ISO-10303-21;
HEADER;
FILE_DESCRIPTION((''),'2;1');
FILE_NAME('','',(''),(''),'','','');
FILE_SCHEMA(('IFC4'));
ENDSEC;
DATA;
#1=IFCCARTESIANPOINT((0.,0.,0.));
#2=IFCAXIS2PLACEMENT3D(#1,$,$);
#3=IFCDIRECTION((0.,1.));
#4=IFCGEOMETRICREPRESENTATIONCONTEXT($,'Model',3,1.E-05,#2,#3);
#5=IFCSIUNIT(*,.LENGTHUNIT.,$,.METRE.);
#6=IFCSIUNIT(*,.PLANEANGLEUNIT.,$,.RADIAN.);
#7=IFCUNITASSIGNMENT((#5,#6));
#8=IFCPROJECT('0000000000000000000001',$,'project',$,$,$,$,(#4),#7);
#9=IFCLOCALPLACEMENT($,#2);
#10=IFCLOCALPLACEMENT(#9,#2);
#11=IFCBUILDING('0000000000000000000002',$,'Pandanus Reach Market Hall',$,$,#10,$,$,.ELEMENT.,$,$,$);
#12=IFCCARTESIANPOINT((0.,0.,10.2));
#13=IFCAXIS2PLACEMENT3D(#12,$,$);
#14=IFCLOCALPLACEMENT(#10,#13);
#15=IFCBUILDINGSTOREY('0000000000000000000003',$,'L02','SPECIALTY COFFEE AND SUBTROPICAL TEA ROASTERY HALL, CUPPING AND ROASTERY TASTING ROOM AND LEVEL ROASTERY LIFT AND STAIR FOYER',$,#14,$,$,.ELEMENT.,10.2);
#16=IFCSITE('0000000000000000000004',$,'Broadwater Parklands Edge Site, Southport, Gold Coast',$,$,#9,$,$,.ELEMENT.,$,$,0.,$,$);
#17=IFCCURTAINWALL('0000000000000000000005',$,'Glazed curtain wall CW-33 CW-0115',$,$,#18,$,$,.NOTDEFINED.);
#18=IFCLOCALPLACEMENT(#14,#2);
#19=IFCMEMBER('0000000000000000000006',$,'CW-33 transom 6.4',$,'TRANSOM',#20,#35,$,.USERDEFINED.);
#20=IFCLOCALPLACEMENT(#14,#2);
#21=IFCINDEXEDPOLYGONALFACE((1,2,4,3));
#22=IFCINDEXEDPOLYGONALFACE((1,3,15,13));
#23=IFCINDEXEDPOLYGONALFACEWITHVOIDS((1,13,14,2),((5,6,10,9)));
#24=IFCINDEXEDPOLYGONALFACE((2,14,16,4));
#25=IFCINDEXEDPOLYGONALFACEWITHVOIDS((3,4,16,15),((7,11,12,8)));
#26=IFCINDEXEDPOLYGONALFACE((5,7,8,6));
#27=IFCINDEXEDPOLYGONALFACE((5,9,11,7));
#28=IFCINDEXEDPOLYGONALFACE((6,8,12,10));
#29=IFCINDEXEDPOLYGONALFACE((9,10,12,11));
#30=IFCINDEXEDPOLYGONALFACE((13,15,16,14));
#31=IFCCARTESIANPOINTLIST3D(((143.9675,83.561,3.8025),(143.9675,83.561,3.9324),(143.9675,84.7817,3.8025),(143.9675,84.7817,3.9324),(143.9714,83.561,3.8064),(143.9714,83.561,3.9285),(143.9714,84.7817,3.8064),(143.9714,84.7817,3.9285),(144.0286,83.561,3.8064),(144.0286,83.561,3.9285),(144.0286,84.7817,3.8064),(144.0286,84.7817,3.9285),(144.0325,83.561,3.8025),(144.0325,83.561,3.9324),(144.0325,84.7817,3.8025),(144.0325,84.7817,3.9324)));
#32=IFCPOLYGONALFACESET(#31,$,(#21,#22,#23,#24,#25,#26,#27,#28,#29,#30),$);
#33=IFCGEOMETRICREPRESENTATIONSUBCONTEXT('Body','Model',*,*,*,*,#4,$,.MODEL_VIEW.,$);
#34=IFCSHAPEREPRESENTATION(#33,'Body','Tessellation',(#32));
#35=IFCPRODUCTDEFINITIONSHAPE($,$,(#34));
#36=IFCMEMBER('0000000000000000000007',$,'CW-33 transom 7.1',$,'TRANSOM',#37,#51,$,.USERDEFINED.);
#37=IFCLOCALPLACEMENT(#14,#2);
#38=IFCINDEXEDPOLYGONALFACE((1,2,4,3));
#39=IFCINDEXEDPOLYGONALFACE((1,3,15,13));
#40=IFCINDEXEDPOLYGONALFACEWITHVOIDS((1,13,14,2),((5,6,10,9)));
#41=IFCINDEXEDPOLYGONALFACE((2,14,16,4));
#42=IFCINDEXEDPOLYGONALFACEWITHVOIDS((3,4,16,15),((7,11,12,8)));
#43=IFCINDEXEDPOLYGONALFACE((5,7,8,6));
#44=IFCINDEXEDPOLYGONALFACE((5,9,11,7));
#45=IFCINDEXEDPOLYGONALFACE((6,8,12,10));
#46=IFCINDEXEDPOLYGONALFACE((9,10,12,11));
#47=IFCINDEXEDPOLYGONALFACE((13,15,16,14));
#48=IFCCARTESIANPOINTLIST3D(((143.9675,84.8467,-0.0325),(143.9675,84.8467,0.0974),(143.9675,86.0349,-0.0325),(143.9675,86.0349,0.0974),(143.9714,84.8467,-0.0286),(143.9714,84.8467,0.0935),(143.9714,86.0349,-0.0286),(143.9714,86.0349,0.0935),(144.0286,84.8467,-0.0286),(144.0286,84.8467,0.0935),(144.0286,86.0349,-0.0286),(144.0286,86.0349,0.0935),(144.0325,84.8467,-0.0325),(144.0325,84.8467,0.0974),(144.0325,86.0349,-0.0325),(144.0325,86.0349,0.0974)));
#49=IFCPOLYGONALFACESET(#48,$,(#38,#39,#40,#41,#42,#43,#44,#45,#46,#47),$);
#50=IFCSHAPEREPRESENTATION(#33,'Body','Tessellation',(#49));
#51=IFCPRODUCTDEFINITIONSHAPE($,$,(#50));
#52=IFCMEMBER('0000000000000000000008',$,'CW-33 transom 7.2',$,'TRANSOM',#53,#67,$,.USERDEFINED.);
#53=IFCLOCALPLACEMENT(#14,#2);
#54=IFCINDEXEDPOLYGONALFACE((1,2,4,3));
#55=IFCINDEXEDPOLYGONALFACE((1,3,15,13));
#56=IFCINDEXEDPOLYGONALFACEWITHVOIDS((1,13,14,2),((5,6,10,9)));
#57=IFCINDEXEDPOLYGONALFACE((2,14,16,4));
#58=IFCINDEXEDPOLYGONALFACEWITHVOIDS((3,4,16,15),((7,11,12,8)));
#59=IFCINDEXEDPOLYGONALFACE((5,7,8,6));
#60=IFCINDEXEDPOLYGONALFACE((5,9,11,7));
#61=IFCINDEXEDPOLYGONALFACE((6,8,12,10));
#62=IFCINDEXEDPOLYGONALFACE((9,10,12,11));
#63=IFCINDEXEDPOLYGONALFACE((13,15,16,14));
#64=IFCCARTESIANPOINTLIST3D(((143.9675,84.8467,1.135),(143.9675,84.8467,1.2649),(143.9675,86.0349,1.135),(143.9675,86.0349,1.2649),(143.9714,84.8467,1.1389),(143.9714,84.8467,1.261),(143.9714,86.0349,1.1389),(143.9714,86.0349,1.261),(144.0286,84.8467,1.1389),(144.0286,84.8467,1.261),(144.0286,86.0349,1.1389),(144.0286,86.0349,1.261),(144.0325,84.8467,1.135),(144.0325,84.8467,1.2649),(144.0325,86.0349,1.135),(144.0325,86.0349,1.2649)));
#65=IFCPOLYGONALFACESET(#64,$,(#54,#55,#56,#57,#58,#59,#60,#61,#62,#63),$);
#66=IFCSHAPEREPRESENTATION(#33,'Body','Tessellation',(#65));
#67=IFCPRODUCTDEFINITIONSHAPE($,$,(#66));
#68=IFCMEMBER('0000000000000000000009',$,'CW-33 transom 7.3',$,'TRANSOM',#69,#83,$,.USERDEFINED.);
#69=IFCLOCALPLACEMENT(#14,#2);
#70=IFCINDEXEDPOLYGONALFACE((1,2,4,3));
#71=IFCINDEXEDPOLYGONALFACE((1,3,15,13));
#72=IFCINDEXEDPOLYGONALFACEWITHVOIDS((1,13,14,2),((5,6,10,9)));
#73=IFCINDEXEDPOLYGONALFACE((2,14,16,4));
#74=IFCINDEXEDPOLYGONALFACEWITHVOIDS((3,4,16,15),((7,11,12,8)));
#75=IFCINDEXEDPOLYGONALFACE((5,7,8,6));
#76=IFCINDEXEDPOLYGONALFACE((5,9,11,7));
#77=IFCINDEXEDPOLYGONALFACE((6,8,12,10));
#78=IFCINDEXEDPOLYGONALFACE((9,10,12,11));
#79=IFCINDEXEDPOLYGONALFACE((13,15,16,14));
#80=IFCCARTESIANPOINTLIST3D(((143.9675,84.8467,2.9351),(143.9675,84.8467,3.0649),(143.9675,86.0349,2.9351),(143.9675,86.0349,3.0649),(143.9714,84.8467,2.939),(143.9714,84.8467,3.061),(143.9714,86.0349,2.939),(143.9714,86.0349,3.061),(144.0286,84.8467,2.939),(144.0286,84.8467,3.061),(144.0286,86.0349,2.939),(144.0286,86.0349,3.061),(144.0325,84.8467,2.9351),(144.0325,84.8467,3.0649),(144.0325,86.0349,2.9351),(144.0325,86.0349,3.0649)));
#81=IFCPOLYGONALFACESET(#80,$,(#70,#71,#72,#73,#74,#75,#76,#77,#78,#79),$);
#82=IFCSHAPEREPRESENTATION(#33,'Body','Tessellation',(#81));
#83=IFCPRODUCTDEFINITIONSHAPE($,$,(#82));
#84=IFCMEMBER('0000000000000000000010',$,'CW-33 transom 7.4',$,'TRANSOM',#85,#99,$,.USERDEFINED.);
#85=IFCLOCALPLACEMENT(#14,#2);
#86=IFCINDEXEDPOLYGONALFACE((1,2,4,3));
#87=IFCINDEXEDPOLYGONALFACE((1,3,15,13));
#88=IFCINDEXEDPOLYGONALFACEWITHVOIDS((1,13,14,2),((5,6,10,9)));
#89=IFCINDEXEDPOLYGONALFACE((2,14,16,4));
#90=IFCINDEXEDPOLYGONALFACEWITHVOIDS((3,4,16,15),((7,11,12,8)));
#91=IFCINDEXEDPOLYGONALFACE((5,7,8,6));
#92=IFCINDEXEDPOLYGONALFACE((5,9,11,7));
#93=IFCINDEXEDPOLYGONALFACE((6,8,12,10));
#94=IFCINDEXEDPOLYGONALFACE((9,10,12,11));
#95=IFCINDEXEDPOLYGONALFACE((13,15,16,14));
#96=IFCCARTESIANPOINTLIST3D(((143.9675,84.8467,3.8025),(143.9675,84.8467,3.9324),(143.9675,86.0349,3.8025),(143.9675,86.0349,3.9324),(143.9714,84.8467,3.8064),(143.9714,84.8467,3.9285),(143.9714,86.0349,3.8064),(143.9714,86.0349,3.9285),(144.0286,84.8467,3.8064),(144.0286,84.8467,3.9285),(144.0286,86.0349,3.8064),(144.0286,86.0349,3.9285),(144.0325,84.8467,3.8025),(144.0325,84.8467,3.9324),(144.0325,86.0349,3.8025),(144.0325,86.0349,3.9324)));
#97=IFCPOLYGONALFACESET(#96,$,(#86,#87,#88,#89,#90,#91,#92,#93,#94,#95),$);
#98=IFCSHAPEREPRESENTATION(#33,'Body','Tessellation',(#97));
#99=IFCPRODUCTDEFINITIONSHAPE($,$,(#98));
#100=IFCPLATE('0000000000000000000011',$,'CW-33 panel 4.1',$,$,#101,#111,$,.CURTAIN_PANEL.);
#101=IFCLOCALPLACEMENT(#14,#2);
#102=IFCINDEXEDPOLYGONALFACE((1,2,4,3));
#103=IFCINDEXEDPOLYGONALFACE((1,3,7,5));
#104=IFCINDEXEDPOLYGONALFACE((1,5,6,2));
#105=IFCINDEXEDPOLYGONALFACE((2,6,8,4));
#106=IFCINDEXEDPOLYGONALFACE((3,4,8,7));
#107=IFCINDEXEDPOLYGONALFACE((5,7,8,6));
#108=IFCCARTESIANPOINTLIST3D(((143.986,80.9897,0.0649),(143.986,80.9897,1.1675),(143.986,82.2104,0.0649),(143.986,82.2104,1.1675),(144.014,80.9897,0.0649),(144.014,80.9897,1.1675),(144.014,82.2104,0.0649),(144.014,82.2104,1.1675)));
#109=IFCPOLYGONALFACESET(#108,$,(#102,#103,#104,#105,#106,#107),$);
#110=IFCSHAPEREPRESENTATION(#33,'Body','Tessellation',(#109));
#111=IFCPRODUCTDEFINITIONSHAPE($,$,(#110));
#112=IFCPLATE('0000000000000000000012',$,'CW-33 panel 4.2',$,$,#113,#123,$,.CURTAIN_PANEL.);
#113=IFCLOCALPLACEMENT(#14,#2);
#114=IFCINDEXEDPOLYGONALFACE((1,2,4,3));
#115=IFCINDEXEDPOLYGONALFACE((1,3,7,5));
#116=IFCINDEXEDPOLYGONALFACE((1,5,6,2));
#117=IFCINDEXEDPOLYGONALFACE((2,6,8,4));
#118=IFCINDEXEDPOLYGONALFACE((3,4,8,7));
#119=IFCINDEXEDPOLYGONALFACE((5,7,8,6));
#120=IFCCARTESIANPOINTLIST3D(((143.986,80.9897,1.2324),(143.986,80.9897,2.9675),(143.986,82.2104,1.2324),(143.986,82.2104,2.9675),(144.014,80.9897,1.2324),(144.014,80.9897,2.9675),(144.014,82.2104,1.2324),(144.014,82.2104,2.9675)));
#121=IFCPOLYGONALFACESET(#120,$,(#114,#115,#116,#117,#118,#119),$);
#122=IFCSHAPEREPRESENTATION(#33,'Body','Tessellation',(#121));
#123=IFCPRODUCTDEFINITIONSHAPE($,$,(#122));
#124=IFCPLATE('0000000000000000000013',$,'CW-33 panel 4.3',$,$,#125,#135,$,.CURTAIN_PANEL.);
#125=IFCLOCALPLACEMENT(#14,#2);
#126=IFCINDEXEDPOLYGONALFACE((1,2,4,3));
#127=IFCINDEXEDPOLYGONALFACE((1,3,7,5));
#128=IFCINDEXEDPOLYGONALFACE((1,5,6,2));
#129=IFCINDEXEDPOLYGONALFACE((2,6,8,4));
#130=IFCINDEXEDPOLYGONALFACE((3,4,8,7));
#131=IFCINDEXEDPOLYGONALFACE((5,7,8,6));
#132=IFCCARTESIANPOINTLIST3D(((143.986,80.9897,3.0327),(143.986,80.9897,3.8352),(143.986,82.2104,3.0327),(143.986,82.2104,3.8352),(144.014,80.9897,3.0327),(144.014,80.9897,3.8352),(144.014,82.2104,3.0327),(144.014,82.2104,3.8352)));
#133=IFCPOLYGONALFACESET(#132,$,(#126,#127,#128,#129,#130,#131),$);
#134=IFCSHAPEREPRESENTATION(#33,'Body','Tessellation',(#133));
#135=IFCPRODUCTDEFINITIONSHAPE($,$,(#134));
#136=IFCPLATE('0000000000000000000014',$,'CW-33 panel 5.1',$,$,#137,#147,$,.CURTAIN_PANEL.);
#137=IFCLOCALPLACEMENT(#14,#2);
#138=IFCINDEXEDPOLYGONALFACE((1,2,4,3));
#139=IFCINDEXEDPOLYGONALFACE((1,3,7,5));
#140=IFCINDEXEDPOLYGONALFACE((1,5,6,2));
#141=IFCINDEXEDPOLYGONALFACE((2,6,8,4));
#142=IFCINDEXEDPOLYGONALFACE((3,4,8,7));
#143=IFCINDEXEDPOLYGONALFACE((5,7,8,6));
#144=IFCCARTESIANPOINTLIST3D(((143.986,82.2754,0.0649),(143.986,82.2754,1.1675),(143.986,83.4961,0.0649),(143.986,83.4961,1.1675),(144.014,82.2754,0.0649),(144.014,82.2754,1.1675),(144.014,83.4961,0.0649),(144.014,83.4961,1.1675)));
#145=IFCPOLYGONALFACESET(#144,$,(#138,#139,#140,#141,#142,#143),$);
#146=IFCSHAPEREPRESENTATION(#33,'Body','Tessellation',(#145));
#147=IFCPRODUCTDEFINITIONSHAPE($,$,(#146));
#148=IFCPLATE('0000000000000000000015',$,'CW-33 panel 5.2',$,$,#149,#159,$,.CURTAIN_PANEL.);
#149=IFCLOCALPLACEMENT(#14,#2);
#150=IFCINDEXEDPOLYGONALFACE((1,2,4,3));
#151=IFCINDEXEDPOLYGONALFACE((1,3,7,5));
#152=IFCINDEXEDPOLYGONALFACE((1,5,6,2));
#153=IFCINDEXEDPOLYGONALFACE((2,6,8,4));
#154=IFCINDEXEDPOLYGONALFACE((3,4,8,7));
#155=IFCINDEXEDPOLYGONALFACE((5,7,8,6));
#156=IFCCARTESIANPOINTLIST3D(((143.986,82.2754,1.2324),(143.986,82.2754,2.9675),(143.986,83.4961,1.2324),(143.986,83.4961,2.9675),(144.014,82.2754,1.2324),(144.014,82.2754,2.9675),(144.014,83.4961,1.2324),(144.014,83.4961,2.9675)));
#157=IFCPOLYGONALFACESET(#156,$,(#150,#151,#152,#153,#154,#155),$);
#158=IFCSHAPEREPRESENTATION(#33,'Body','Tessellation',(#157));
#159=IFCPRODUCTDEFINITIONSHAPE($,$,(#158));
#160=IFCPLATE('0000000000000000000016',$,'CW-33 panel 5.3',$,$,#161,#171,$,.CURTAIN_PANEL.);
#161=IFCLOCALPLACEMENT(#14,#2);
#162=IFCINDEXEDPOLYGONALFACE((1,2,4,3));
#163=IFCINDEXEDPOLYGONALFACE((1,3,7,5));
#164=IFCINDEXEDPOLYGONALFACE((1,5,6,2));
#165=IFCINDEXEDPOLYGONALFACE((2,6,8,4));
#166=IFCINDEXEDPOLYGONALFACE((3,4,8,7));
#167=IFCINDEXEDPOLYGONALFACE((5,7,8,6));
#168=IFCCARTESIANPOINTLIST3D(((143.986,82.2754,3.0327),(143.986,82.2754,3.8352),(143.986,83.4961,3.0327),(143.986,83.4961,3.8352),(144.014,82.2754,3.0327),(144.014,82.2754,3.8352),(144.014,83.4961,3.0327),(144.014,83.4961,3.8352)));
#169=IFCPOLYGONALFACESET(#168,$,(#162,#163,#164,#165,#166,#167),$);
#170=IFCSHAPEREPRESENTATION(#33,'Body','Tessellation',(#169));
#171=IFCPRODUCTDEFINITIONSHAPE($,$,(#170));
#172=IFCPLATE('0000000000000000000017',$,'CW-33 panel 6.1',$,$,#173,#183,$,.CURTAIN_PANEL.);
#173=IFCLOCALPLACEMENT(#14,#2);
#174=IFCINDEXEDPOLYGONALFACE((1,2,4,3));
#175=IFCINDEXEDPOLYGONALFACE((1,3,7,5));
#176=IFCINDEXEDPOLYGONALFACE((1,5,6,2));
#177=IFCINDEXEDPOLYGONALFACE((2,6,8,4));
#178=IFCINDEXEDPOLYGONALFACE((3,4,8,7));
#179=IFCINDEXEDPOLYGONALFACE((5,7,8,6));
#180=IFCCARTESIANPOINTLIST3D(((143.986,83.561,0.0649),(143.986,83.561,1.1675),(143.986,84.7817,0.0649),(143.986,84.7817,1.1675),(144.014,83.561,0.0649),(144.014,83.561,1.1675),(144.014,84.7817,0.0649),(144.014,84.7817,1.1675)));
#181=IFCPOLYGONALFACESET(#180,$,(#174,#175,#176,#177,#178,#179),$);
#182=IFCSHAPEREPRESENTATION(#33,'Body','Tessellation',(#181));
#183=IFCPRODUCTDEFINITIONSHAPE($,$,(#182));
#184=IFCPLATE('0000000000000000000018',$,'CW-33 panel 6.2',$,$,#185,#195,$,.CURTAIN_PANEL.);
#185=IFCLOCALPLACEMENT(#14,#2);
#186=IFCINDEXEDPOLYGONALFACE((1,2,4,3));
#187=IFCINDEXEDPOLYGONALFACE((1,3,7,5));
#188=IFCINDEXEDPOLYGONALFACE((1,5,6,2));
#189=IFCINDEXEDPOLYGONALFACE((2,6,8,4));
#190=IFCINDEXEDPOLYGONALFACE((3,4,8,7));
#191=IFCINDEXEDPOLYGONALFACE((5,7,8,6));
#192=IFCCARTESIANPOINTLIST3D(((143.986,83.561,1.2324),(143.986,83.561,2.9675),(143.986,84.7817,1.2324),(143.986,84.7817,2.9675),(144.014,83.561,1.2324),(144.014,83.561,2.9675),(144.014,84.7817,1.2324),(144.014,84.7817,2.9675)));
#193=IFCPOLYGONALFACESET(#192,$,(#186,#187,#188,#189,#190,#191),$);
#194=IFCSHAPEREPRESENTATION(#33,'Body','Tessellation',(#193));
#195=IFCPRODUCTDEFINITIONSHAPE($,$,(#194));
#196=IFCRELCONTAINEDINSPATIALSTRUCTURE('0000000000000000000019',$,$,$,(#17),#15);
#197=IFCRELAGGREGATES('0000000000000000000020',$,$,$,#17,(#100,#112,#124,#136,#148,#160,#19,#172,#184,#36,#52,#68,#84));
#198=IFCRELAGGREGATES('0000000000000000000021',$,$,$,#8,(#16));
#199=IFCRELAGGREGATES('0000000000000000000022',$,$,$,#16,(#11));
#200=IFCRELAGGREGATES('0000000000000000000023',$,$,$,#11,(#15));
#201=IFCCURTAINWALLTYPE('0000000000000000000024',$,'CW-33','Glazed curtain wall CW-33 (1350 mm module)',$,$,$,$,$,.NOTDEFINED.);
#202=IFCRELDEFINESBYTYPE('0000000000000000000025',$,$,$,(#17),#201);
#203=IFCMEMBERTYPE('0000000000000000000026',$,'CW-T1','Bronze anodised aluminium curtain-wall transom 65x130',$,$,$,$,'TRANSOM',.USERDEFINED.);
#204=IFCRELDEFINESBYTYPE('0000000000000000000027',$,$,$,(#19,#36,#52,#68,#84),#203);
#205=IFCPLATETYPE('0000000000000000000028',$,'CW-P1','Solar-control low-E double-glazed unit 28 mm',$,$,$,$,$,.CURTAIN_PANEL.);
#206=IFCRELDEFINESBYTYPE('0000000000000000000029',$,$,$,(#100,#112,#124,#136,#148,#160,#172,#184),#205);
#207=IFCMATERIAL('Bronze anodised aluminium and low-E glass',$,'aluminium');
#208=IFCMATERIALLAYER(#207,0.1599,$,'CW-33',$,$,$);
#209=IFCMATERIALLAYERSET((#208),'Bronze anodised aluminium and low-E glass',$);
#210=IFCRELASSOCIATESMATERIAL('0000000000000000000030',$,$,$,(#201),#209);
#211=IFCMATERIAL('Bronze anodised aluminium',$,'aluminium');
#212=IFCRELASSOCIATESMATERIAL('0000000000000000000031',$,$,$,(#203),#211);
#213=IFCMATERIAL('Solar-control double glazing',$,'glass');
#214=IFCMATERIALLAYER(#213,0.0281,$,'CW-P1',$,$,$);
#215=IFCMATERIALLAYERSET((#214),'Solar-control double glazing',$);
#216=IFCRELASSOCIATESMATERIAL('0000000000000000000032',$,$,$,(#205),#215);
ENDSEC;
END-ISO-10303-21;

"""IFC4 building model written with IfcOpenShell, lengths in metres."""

from ifc_helpers import new_model, si_unit, direction, frame, origin, origin_2d, place, context, subcontext, project, spatial, rectangle, hollow_rectangle, extrude, material, layer, layer_set, material_profile, profile_set, type_object, element, aggregate, save


model = new_model("IFC4")

# Units and contexts
model_context = context("Model", 3, precision=1e-05, world=origin(), true_north=direction((0.0, 1.0)))
body_context = subcontext(model_context, "Body", "Model", "MODEL_VIEW")
ifc_project = project(units=[si_unit("LENGTHUNIT", "METRE"), si_unit("PLANEANGLEUNIT", "RADIAN")], contexts=[model_context])

# Site, building, storey
site_placement = place(None, origin())
site = spatial("IfcSite", under=ifc_project, at=site_placement, Name="Broadwater Parklands Edge Site, Southport, Gold Coast", CompositionType="ELEMENT", RefElevation=0.0)
building_placement = place(site_placement, origin())
building = spatial("IfcBuilding", under=site, at=building_placement, Name="Pandanus Reach Market Hall", CompositionType="ELEMENT")
storey_placement = place(building_placement, frame((0.0, 0.0, 10.2)))
storey = spatial("IfcBuildingStorey", under=building, at=storey_placement, Name="L02", Description="SPECIALTY COFFEE AND SUBTROPICAL TEA ROASTERY HALL, CUPPING AND ROASTERY TASTING ROOM AND LEVEL ROASTERY LIFT AND STAIR FOYER", CompositionType="ELEMENT", Elevation=10.2)

# Curtain wall, members, plates
ifc_material_1 = material(Name="Bronze anodised aluminium and low-E glass", Category="aluminium")
ifc_layer_1 = layer(ifc_material_1, 0.1599, Name="CW-33")
ifc_layer_set_1 = layer_set([ifc_layer_1], Name="Bronze anodised aluminium and low-E glass")
curtain_wall_type = type_object("IfcCurtainWallType", Name="CW-33", Description="Glazed curtain wall CW-33 (1350 mm module)", PredefinedType="NOTDEFINED", material=ifc_layer_set_1)
curtain_wall_placement = place(storey_placement, origin())
curtain_wall = element("IfcCurtainWall", 1, at=curtain_wall_placement, inside=storey, type_object=curtain_wall_type, Name="Glazed curtain wall CW-33 CW-0115", PredefinedType="NOTDEFINED")
ifc_material_2 = material(Name="Bronze anodised aluminium", Category="aluminium")
ifc_material_profile_1 = material_profile(ifc_material_2, hollow_rectangle(XDim=0.0649, YDim=0.1299, WallThickness=0.0039, at=origin_2d()), Name="ALU65x130", Category="LoadBearing")
ifc_profile_set_1 = profile_set([ifc_material_profile_1], Name="Bronze anodised aluminium")
member_type_1 = type_object("IfcMemberType", Name="CW-T1", Description="Bronze anodised aluminium curtain-wall transom 65x130", ElementType="TRANSOM", PredefinedType="USERDEFINED", material=ifc_profile_set_1)
member_1_placement = place(storey_placement, frame((144.0, 83.561, 3.8674), z_axis=(0.0, 1.0, 0.0), x_axis=(-1.0, 0.0, 0.0)))
member_1 = element("IfcMember", 2, at=member_1_placement, type_object=member_type_1, Name="CW-33 transom 6.4", ObjectType="TRANSOM", PredefinedType="USERDEFINED", context=body_context, shape_type="SweptSolid", body=[
    extrude(hollow_rectangle(XDim=0.0649, YDim=0.1299, WallThickness=0.0039, at=origin_2d()), origin(), (0.0, 0.0, 1.0), 1.2207),
])
member_2_placement = place(storey_placement, frame((144.0, 84.8467, 0.0325), z_axis=(0.0, 1.0, 0.0), x_axis=(-1.0, 0.0, 0.0)))
member_2 = element("IfcMember", 3, at=member_2_placement, type_object=member_type_1, Name="CW-33 transom 7.1", ObjectType="TRANSOM", PredefinedType="USERDEFINED", context=body_context, shape_type="SweptSolid", body=[
    extrude(hollow_rectangle(XDim=0.0649, YDim=0.1299, WallThickness=0.0039, at=origin_2d()), origin(), (0.0, 0.0, 1.0), 1.1882),
])
member_3_placement = place(storey_placement, frame((144.0, 84.8467, 1.2), z_axis=(0.0, 1.0, 0.0), x_axis=(-1.0, 0.0, 0.0)))
member_3 = element("IfcMember", 4, at=member_3_placement, type_object=member_type_1, Name="CW-33 transom 7.2", ObjectType="TRANSOM", PredefinedType="USERDEFINED", context=body_context, shape_type="SweptSolid", body=[
    extrude(hollow_rectangle(XDim=0.0649, YDim=0.1299, WallThickness=0.0039, at=origin_2d()), origin(), (0.0, 0.0, 1.0), 1.1882),
])
member_4_placement = place(storey_placement, frame((144.0, 84.8467, 3.0), z_axis=(0.0, 1.0, 0.0), x_axis=(-1.0, 0.0, 0.0)))
member_4 = element("IfcMember", 5, at=member_4_placement, type_object=member_type_1, Name="CW-33 transom 7.3", ObjectType="TRANSOM", PredefinedType="USERDEFINED", context=body_context, shape_type="SweptSolid", body=[
    extrude(hollow_rectangle(XDim=0.0649, YDim=0.1299, WallThickness=0.0039, at=origin_2d()), origin(), (0.0, 0.0, 1.0), 1.1882),
])
member_5_placement = place(storey_placement, frame((144.0, 84.8467, 3.8674), z_axis=(0.0, 1.0, 0.0), x_axis=(-1.0, 0.0, 0.0)))
member_5 = element("IfcMember", 6, at=member_5_placement, type_object=member_type_1, Name="CW-33 transom 7.4", ObjectType="TRANSOM", PredefinedType="USERDEFINED", context=body_context, shape_type="SweptSolid", body=[
    extrude(hollow_rectangle(XDim=0.0649, YDim=0.1299, WallThickness=0.0039, at=origin_2d()), origin(), (0.0, 0.0, 1.0), 1.1882),
])
ifc_material_3 = material(Name="Solar-control double glazing", Category="glass")
ifc_layer_2 = layer(ifc_material_3, 0.0281, Name="CW-P1")
ifc_layer_set_2 = layer_set([ifc_layer_2], Name="Solar-control double glazing")
plate_type = type_object("IfcPlateType", Name="CW-P1", Description="Solar-control low-E double-glazed unit 28 mm", PredefinedType="CURTAIN_PANEL", material=ifc_layer_set_2)
plate_1_placement = place(storey_placement, frame((144.0, 81.6001, 0.0649), z_axis=(0.0, 0.0, 1.0), x_axis=(0.0, 1.0, 0.0)))
plate_1 = element("IfcPlate", 7, at=plate_1_placement, type_object=plate_type, Name="CW-33 panel 4.1", PredefinedType="CURTAIN_PANEL", context=body_context, shape_type="SweptSolid", body=[
    extrude(rectangle(XDim=1.2207, YDim=0.0281, at=origin_2d()), origin(), (0.0, 0.0, 1.0), 1.1025),
])
plate_2_placement = place(storey_placement, frame((144.0, 81.6001, 1.2324), z_axis=(0.0, 0.0, 1.0), x_axis=(0.0, 1.0, 0.0)))
plate_2 = element("IfcPlate", 8, at=plate_2_placement, type_object=plate_type, Name="CW-33 panel 4.2", PredefinedType="CURTAIN_PANEL", context=body_context, shape_type="SweptSolid", body=[
    extrude(rectangle(XDim=1.2207, YDim=0.0281, at=origin_2d()), origin(), (0.0, 0.0, 1.0), 1.7351),
])
plate_3_placement = place(storey_placement, frame((144.0, 81.6001, 3.0327), z_axis=(0.0, 0.0, 1.0), x_axis=(0.0, 1.0, 0.0)))
plate_3 = element("IfcPlate", 9, at=plate_3_placement, type_object=plate_type, Name="CW-33 panel 4.3", PredefinedType="CURTAIN_PANEL", context=body_context, shape_type="SweptSolid", body=[
    extrude(rectangle(XDim=1.2207, YDim=0.0281, at=origin_2d()), origin(), (0.0, 0.0, 1.0), 0.8025),
])
plate_4_placement = place(storey_placement, frame((144.0, 82.8857, 0.0649), z_axis=(0.0, 0.0, 1.0), x_axis=(0.0, 1.0, 0.0)))
plate_4 = element("IfcPlate", 10, at=plate_4_placement, type_object=plate_type, Name="CW-33 panel 5.1", PredefinedType="CURTAIN_PANEL", context=body_context, shape_type="SweptSolid", body=[
    extrude(rectangle(XDim=1.2207, YDim=0.0281, at=origin_2d()), origin(), (0.0, 0.0, 1.0), 1.1025),
])
plate_5_placement = place(storey_placement, frame((144.0, 82.8857, 1.2324), z_axis=(0.0, 0.0, 1.0), x_axis=(0.0, 1.0, 0.0)))
plate_5 = element("IfcPlate", 11, at=plate_5_placement, type_object=plate_type, Name="CW-33 panel 5.2", PredefinedType="CURTAIN_PANEL", context=body_context, shape_type="SweptSolid", body=[
    extrude(rectangle(XDim=1.2207, YDim=0.0281, at=origin_2d()), origin(), (0.0, 0.0, 1.0), 1.7351),
])
plate_6_placement = place(storey_placement, frame((144.0, 82.8857, 3.0327), z_axis=(0.0, 0.0, 1.0), x_axis=(0.0, 1.0, 0.0)))
plate_6 = element("IfcPlate", 12, at=plate_6_placement, type_object=plate_type, Name="CW-33 panel 5.3", PredefinedType="CURTAIN_PANEL", context=body_context, shape_type="SweptSolid", body=[
    extrude(rectangle(XDim=1.2207, YDim=0.0281, at=origin_2d()), origin(), (0.0, 0.0, 1.0), 0.8025),
])
plate_7_placement = place(storey_placement, frame((144.0, 84.1714, 0.0649), z_axis=(0.0, 0.0, 1.0), x_axis=(0.0, 1.0, 0.0)))
plate_7 = element("IfcPlate", 13, at=plate_7_placement, type_object=plate_type, Name="CW-33 panel 6.1", PredefinedType="CURTAIN_PANEL", context=body_context, shape_type="SweptSolid", body=[
    extrude(rectangle(XDim=1.2207, YDim=0.0281, at=origin_2d()), origin(), (0.0, 0.0, 1.0), 1.1025),
])
plate_8_placement = place(storey_placement, frame((144.0, 84.1714, 1.2324), z_axis=(0.0, 0.0, 1.0), x_axis=(0.0, 1.0, 0.0)))
plate_8 = element("IfcPlate", 14, at=plate_8_placement, type_object=plate_type, Name="CW-33 panel 6.2", PredefinedType="CURTAIN_PANEL", context=body_context, shape_type="SweptSolid", body=[
    extrude(rectangle(XDim=1.2207, YDim=0.0281, at=origin_2d()), origin(), (0.0, 0.0, 1.0), 1.7351),
])
aggregate(curtain_wall, [plate_1, plate_2, plate_3, plate_4, plate_5, plate_6, member_1, plate_7, plate_8, member_2, member_3, member_4, member_5])

save(model, "model.ifc")
